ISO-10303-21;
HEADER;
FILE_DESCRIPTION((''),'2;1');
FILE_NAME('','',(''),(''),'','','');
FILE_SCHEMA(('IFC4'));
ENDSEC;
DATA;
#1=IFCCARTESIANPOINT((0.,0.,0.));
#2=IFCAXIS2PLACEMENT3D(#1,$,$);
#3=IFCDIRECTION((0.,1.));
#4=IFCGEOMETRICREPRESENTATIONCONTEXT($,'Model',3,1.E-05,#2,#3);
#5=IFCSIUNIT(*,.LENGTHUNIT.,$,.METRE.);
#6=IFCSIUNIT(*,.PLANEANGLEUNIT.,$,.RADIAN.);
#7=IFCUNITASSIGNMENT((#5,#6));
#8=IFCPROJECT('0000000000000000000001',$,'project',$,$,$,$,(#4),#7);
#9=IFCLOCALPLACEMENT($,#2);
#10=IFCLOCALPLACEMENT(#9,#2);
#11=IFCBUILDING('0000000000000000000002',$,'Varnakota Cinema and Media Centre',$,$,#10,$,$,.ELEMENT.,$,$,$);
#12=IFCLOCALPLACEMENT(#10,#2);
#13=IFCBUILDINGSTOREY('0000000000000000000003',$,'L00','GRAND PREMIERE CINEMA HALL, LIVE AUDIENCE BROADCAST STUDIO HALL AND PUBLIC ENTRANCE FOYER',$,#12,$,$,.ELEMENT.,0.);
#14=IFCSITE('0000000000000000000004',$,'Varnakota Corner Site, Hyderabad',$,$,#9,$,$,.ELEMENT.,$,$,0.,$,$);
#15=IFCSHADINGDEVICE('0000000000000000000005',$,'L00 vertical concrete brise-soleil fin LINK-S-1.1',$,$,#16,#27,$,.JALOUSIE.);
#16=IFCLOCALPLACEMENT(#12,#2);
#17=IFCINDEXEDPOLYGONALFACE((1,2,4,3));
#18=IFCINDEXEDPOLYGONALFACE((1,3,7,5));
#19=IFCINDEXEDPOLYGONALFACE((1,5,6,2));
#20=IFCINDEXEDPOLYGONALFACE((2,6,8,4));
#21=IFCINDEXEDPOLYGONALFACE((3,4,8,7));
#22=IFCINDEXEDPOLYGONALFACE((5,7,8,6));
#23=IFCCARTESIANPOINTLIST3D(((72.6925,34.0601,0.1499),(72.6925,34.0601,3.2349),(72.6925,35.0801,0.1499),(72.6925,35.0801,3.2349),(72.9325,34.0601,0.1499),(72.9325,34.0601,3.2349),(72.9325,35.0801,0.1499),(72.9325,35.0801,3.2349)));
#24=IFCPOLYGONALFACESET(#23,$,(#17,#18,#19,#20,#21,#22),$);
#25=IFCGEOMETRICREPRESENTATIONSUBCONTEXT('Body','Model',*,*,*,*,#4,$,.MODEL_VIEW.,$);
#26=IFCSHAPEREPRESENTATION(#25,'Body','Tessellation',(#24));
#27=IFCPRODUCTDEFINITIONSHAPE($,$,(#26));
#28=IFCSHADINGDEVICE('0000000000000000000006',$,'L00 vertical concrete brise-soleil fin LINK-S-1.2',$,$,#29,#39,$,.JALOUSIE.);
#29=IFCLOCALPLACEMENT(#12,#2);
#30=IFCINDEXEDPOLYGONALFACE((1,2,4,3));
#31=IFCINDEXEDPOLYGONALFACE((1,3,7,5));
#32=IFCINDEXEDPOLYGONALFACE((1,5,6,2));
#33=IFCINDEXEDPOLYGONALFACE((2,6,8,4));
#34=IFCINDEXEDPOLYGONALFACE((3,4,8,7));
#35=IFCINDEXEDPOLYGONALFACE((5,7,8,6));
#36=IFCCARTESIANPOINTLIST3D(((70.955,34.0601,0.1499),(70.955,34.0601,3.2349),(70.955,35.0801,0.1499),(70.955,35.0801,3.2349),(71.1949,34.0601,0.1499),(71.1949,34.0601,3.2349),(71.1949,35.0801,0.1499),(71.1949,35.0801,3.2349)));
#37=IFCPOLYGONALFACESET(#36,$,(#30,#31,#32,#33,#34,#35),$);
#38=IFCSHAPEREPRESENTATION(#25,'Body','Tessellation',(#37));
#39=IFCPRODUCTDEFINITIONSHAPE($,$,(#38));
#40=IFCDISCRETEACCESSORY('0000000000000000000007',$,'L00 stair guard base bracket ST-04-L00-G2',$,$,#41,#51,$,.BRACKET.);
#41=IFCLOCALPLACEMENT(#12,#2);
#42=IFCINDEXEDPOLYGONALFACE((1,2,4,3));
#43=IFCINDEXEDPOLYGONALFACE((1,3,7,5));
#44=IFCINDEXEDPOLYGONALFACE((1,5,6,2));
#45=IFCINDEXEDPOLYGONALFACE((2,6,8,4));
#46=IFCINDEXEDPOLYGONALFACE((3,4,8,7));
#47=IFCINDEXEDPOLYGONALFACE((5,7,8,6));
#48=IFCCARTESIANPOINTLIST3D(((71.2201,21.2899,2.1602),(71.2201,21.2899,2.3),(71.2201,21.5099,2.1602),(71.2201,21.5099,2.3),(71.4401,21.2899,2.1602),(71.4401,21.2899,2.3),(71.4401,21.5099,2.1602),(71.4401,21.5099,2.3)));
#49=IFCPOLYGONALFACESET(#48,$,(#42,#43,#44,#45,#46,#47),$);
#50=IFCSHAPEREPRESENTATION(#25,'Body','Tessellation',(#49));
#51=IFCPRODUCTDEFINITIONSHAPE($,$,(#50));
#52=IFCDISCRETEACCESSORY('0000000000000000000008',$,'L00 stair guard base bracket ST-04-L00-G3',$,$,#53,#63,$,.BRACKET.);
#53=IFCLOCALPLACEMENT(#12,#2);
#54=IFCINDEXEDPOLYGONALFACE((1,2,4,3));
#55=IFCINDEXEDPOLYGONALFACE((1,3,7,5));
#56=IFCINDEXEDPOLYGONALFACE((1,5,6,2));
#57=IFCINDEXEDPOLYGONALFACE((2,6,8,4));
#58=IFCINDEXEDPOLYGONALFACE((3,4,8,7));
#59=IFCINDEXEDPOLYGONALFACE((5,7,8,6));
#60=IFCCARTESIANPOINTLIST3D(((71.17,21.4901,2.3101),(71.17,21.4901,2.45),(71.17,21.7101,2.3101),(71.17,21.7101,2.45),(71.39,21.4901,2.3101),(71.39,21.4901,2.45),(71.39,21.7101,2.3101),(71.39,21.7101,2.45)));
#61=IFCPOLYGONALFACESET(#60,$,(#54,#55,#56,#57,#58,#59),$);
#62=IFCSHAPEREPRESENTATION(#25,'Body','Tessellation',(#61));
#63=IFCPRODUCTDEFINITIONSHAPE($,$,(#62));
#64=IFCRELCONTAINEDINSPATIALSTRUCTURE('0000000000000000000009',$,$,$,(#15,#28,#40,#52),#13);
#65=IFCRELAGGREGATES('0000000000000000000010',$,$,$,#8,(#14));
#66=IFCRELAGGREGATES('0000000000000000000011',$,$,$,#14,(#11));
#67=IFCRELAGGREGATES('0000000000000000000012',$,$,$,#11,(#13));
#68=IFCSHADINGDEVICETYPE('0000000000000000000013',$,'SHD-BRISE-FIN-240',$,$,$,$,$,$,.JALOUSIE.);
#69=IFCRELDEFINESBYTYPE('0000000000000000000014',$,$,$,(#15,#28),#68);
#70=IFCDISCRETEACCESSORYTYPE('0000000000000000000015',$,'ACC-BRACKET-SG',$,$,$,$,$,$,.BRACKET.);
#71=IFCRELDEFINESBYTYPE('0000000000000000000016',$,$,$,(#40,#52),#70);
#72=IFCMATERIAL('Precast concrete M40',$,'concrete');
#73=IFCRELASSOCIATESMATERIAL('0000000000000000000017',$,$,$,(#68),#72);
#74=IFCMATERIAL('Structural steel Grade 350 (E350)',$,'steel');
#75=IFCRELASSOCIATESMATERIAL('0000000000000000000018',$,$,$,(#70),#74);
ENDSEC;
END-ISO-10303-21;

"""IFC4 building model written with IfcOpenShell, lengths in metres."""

from ifc_helpers import new_model, si_unit, direction, frame, origin, origin_2d, place, context, subcontext, project, spatial, rectangle, extrude, material, type_object, element, save


model = new_model("IFC4")

# Units and contexts
model_context = context("Model", 3, precision=1e-05, world=origin(), true_north=direction((0.0, 1.0)))
body_context = subcontext(model_context, "Body", "Model", "MODEL_VIEW")
ifc_project = project(units=[si_unit("LENGTHUNIT", "METRE"), si_unit("PLANEANGLEUNIT", "RADIAN")], contexts=[model_context])

# Site, building, storey
site_placement = place(None, origin())
site = spatial("IfcSite", under=ifc_project, at=site_placement, Name="Varnakota Corner Site, Hyderabad", CompositionType="ELEMENT", RefElevation=0.0)
building_placement = place(site_placement, origin())
building = spatial("IfcBuilding", under=site, at=building_placement, Name="Varnakota Cinema and Media Centre", CompositionType="ELEMENT")
storey_placement = place(building_placement, origin())
storey = spatial("IfcBuildingStorey", under=building, at=storey_placement, Name="L00", Description="GRAND PREMIERE CINEMA HALL, LIVE AUDIENCE BROADCAST STUDIO HALL AND PUBLIC ENTRANCE FOYER", CompositionType="ELEMENT", Elevation=0.0)

# Shading devices
ifc_material_1 = material(Name="Precast concrete M40", Category="concrete")
shading_device_type = type_object("IfcShadingDeviceType", Name="SHD-BRISE-FIN-240", PredefinedType="JALOUSIE", material=ifc_material_1)
for number, where, z_axis, x_axis, name in (
    (1, (72.8125, 34.5701, 0.1499), (0.0, 0.0, 1.0), (-1.0, 0.0, 0.0), "L00 vertical concrete brise-soleil fin LINK-S-1.1"),
    (2, (71.075, 34.5701, 0.1499), (0.0, 0.0, 1.0), (-1.0, 0.0, 0.0), "L00 vertical concrete brise-soleil fin LINK-S-1.2"),
):
    element("IfcShadingDevice", number, at=place(storey_placement, frame(where, z_axis=z_axis, x_axis=x_axis)), inside=storey, type_object=shading_device_type, Name=name, PredefinedType="JALOUSIE", context=body_context, shape_type="SweptSolid", body=[
        extrude(rectangle(XDim=0.24, YDim=1.02, at=origin_2d()), origin(), (0.0, 0.0, 1.0), 3.085),
    ])

# Discrete accessories
ifc_material_2 = material(Name="Structural steel Grade 350 (E350)", Category="steel")
discrete_accessory_type = type_object("IfcDiscreteAccessoryType", Name="ACC-BRACKET-SG", PredefinedType="BRACKET", material=ifc_material_2)
for number, where, z_axis, x_axis, name in (
    (3, (71.3301, 21.3999, 2.1602), (0.0, 0.0, 1.0), (1.0, 0.0, 0.0), "L00 stair guard base bracket ST-04-L00-G2"),
    (4, (71.28, 21.6001, 2.3101), (0.0, 0.0, 1.0), (1.0, 0.0, 0.0), "L00 stair guard base bracket ST-04-L00-G3"),
):
    element("IfcDiscreteAccessory", number, at=place(storey_placement, frame(where, z_axis=z_axis, x_axis=x_axis)), inside=storey, type_object=discrete_accessory_type, Name=name, PredefinedType="BRACKET", context=body_context, shape_type="SweptSolid", body=[
        extrude(rectangle(XDim=0.22, YDim=0.22, at=origin_2d()), origin(), (0.0, 0.0, 1.0), 0.1399),
    ])

save(model, "model.ifc")
